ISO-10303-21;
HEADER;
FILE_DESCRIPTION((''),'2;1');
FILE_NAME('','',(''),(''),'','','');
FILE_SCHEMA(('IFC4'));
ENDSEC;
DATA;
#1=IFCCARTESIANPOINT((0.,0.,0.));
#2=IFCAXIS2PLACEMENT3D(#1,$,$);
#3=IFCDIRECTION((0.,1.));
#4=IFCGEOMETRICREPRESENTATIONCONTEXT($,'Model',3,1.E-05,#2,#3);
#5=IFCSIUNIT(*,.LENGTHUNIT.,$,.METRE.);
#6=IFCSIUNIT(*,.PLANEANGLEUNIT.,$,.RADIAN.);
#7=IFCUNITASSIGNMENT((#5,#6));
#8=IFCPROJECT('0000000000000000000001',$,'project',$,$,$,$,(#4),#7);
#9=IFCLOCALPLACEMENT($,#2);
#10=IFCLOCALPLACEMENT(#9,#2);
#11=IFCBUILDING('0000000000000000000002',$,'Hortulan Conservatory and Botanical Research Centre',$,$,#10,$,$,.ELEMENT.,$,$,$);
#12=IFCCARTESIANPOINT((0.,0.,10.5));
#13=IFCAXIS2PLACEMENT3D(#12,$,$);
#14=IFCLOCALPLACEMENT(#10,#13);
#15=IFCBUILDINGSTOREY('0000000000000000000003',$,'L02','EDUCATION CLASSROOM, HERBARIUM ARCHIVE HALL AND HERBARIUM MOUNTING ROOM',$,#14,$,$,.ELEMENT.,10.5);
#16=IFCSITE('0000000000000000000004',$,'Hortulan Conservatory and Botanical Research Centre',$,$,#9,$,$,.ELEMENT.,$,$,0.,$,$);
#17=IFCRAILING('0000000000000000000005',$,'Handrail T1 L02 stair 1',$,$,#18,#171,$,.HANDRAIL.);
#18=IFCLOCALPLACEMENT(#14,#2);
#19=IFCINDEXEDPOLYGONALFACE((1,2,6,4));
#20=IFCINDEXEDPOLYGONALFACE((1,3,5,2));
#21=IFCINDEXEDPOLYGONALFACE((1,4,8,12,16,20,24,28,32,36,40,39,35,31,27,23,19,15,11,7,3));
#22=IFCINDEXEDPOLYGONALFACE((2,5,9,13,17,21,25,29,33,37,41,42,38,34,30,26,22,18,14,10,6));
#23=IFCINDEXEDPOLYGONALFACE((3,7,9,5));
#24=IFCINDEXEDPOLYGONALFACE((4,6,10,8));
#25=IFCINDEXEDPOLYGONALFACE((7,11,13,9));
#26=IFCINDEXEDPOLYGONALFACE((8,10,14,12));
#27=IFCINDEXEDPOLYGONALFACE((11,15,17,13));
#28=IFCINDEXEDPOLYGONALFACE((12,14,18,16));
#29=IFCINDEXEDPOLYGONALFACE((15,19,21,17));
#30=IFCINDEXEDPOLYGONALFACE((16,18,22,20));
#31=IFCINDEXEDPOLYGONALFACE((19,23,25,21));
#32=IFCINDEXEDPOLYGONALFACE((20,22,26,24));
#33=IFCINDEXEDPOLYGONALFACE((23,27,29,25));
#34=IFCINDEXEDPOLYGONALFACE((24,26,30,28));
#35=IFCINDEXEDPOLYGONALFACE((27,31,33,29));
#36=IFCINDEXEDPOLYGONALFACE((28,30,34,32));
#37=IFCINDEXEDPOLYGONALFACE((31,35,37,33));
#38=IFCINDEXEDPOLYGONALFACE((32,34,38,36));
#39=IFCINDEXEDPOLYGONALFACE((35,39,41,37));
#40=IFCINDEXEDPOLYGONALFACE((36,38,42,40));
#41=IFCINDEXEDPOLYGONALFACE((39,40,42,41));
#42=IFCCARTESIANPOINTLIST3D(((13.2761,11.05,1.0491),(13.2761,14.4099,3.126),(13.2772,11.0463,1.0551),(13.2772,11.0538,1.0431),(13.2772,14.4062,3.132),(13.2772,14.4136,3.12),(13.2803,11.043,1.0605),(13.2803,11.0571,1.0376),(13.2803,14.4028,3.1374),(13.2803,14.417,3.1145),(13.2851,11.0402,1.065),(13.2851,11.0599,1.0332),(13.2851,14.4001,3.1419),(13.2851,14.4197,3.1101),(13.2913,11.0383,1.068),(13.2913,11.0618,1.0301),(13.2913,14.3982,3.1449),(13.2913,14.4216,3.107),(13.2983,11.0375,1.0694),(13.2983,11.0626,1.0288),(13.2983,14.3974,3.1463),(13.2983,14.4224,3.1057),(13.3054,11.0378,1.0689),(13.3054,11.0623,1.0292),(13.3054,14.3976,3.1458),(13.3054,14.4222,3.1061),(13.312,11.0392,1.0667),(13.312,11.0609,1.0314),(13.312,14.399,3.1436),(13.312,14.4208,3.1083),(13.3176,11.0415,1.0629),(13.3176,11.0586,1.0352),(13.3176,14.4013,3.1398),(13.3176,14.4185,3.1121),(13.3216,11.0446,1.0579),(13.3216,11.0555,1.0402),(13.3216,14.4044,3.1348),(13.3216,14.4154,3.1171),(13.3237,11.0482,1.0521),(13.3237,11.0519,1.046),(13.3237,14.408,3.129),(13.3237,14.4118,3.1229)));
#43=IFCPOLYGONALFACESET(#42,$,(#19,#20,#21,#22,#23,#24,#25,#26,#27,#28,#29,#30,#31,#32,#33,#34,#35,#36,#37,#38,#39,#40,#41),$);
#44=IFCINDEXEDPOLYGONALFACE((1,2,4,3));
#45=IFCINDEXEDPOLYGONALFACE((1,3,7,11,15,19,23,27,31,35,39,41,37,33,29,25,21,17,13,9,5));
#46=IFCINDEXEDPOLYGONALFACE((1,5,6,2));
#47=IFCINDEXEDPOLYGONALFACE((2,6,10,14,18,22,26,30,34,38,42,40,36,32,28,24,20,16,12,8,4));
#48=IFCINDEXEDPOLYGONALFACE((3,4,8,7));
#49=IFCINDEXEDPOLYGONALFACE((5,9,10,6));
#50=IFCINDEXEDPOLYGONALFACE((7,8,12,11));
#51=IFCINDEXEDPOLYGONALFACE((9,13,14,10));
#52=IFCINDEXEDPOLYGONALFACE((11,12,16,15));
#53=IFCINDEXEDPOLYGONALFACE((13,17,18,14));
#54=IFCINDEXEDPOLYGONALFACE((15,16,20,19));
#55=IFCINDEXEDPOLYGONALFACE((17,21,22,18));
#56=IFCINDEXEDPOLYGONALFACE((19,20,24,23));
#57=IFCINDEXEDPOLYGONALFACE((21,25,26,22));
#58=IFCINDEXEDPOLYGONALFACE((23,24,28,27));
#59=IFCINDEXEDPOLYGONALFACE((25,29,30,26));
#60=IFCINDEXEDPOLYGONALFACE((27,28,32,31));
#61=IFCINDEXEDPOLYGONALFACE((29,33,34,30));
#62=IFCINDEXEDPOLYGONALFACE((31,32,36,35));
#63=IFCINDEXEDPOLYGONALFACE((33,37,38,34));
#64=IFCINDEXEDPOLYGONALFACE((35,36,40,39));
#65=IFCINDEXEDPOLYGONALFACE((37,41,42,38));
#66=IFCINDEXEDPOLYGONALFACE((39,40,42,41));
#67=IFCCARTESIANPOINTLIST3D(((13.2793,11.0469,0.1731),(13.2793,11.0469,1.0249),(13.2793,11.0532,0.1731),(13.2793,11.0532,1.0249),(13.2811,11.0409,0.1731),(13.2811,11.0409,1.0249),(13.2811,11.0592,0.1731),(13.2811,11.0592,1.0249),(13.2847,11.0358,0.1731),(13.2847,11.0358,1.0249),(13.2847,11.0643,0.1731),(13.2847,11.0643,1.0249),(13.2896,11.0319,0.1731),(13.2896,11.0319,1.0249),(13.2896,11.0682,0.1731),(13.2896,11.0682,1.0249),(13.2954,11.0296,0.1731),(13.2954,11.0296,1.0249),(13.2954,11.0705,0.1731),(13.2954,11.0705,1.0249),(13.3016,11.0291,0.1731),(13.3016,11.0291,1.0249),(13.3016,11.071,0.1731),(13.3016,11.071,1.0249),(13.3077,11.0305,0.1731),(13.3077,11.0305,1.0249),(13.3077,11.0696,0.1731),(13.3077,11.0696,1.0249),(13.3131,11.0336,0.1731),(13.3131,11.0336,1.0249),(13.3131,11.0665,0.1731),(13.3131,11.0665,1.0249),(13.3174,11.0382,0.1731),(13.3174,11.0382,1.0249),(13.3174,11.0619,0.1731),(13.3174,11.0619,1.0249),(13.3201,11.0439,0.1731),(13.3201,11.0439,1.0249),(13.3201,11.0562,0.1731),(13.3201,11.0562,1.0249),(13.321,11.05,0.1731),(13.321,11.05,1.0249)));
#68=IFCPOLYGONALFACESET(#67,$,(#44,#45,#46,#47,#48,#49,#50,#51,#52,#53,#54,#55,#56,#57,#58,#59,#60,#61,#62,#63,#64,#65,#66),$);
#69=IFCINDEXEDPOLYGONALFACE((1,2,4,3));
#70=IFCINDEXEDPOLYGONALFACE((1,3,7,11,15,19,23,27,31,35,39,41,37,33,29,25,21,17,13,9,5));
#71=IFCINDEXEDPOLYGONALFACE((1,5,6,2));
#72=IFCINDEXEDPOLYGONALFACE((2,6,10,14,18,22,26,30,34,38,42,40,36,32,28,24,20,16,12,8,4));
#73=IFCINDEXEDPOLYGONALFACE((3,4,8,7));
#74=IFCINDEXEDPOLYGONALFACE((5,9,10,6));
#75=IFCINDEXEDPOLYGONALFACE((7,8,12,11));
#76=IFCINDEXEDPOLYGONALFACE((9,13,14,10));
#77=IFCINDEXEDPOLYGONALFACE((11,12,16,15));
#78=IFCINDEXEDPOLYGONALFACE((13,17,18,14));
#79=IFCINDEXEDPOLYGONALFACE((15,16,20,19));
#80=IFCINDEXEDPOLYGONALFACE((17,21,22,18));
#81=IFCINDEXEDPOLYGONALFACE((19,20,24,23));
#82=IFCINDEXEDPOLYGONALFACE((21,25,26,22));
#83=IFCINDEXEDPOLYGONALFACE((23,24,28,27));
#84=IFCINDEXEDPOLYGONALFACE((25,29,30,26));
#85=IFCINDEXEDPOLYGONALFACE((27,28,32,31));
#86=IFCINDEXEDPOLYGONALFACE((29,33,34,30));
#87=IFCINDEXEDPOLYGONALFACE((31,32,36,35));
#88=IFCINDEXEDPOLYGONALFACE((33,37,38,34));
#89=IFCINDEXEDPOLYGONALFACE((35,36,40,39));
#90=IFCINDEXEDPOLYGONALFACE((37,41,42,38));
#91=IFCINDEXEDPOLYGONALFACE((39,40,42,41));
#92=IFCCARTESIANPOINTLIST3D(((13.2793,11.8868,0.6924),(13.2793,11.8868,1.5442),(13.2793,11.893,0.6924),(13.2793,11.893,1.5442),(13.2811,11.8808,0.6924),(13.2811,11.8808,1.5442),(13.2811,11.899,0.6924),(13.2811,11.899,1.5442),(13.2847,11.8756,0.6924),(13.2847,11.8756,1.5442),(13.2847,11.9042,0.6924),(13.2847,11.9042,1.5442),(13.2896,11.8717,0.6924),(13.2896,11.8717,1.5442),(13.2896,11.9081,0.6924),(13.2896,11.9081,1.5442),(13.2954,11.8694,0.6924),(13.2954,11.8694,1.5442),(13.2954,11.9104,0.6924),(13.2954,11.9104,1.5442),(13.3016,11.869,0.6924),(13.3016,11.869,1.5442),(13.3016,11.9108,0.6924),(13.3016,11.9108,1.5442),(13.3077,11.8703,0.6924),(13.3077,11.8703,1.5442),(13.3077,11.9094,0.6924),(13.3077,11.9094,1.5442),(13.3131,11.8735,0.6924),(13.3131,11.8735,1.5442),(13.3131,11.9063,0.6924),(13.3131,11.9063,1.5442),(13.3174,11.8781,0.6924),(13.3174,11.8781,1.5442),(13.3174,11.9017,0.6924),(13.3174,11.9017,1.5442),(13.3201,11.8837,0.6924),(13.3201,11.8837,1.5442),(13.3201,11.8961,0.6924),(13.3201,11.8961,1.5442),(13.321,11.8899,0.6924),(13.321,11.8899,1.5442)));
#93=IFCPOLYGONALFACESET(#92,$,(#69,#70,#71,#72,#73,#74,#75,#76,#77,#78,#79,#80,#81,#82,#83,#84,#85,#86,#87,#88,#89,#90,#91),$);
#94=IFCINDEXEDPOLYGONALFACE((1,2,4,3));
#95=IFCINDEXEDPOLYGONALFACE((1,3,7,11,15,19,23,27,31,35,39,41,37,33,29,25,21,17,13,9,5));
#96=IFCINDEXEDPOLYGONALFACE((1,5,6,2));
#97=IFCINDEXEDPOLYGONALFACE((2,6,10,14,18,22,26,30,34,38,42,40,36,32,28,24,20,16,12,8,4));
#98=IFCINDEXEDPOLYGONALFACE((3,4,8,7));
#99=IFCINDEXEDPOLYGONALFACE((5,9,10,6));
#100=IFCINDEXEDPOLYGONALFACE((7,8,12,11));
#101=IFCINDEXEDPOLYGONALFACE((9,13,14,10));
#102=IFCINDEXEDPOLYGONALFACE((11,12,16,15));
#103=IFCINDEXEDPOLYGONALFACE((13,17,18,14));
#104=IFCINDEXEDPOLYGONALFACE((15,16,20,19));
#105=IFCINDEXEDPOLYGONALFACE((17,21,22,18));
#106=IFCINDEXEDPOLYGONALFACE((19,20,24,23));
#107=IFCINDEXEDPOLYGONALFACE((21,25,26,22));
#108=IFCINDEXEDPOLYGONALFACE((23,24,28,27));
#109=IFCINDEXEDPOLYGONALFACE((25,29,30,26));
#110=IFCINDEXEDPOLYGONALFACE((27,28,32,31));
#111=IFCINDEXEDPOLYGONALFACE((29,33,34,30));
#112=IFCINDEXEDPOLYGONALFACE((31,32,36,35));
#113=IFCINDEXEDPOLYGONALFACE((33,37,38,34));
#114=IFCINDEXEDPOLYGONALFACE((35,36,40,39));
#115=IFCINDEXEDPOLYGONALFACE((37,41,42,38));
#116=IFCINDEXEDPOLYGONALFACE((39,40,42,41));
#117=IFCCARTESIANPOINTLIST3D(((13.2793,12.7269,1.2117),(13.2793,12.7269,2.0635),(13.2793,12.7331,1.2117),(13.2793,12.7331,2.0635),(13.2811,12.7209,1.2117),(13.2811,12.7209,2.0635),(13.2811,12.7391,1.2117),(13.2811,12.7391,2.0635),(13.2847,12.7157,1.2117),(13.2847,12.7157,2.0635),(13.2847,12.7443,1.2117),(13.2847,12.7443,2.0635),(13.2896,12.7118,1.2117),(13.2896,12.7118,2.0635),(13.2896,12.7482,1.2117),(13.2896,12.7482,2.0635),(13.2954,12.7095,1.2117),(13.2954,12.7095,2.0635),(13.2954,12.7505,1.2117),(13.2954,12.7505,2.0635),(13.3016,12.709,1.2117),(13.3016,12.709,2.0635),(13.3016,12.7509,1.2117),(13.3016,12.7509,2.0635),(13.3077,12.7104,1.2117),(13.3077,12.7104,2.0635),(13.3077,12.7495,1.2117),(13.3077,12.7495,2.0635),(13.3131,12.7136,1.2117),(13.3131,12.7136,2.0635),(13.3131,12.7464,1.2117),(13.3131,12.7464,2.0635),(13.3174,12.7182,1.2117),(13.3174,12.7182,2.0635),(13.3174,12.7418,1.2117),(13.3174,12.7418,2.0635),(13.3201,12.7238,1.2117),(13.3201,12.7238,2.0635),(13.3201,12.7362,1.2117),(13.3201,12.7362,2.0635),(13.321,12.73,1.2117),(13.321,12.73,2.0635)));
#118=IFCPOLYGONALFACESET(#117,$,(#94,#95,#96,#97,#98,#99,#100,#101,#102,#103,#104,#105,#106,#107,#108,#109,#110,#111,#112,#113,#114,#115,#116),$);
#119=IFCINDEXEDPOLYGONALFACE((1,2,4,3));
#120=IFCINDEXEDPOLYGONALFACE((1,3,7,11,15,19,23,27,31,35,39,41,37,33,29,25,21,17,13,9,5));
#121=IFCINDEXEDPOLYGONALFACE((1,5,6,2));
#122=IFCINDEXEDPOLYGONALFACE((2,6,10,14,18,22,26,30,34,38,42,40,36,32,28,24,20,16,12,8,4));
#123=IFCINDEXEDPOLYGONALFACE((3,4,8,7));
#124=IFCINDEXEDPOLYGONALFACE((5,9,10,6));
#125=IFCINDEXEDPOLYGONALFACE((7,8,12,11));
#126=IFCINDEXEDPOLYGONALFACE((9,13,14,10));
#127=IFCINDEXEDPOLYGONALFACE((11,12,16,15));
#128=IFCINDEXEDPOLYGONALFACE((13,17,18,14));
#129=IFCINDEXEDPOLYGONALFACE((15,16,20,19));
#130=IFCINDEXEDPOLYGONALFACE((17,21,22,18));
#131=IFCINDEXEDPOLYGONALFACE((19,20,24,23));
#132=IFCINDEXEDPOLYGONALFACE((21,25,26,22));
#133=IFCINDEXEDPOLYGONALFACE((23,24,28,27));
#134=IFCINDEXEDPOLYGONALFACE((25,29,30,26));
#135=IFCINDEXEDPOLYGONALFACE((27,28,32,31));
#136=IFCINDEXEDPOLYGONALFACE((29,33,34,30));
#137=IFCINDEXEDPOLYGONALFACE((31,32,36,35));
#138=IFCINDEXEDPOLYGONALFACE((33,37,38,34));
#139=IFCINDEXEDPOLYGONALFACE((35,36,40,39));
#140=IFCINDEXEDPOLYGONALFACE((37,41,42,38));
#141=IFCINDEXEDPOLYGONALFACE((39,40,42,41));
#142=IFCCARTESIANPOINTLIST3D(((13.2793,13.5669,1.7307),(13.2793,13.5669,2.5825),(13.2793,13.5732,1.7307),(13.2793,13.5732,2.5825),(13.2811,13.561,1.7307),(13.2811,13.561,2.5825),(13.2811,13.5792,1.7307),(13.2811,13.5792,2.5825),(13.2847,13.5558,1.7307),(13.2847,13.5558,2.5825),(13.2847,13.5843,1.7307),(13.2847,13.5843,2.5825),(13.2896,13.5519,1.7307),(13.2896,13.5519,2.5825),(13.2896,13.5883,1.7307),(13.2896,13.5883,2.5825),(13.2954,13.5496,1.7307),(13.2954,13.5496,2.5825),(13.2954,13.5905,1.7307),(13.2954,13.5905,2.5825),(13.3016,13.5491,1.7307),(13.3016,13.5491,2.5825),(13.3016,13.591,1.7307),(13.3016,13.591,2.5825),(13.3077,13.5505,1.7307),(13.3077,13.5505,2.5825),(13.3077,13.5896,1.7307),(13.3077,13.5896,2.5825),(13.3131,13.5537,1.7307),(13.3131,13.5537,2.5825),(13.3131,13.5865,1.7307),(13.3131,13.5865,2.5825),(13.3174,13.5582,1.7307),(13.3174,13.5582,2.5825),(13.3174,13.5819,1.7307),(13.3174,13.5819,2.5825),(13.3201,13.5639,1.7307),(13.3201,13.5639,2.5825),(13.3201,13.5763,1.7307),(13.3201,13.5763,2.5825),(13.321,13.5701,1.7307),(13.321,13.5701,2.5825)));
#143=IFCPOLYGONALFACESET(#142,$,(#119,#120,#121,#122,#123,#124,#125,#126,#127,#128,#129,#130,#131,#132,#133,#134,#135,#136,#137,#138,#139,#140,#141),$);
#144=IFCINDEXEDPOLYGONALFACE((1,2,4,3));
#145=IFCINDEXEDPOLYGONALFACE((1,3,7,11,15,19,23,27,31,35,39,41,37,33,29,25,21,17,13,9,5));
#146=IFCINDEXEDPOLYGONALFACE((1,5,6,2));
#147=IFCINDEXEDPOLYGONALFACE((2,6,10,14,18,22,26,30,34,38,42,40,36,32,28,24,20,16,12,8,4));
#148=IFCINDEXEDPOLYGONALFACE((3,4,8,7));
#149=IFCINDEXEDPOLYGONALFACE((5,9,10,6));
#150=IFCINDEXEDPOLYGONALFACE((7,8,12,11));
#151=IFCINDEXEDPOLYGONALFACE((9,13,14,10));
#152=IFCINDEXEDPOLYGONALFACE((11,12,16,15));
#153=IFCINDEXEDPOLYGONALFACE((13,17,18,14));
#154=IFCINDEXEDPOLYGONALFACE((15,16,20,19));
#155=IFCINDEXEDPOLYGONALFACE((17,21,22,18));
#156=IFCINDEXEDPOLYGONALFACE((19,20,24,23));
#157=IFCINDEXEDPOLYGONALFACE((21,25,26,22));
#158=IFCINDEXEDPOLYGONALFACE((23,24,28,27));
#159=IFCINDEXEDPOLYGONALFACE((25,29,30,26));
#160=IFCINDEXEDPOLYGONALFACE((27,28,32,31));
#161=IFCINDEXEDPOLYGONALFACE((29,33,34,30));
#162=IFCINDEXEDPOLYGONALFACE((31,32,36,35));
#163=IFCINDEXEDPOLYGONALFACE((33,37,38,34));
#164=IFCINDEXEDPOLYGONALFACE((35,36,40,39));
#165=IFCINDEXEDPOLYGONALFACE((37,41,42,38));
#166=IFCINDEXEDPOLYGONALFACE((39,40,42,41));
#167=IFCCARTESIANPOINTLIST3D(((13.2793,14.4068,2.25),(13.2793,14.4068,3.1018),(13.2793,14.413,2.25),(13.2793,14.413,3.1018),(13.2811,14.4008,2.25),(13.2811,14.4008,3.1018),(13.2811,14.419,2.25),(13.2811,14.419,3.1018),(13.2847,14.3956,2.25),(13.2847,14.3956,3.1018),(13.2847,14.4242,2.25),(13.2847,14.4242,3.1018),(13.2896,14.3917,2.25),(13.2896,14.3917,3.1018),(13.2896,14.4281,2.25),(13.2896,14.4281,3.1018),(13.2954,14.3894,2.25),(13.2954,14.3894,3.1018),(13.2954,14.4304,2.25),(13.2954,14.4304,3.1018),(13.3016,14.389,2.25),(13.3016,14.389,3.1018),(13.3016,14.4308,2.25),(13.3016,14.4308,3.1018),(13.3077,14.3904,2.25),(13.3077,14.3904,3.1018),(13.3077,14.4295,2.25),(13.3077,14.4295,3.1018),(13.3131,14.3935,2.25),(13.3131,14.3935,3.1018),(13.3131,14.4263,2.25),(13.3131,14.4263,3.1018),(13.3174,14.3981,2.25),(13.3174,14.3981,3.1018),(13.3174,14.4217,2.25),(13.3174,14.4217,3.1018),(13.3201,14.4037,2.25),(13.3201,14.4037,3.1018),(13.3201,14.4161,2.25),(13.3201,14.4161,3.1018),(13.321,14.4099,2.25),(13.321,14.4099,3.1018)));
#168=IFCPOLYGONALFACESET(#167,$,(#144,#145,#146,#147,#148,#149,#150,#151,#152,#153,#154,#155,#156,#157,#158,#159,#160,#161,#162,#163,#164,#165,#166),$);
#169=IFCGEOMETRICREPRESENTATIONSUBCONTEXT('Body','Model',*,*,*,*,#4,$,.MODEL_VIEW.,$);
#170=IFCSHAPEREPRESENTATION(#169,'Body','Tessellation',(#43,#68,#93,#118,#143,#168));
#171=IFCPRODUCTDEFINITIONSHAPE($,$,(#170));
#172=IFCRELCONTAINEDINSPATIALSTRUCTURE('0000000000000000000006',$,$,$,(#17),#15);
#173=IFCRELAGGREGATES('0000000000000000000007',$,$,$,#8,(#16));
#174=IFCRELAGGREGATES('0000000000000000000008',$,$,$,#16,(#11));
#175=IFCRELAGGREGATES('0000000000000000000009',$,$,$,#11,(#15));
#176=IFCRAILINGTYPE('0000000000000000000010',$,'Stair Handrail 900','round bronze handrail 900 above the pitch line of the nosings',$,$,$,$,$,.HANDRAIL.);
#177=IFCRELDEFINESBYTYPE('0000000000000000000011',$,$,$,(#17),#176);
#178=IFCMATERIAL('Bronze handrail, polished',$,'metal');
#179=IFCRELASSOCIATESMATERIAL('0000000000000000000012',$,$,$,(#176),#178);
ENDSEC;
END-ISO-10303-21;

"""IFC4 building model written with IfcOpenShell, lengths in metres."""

from ifc_helpers import new_model, si_unit, direction, frame, origin, origin_2d, place, context, subcontext, project, spatial, circle, extrude, material, type_object, element, save


model = new_model("IFC4")

# Units and contexts
model_context = context("Model", 3, precision=1e-05, world=origin(), true_north=direction((0.0, 1.0)))
body_context = subcontext(model_context, "Body", "Model", "MODEL_VIEW")
ifc_project = project(units=[si_unit("LENGTHUNIT", "METRE"), si_unit("PLANEANGLEUNIT", "RADIAN")], contexts=[model_context])

# Site, building, storey
site_placement = place(None, origin())
site = spatial("IfcSite", under=ifc_project, at=site_placement, Name="Hortulan Conservatory and Botanical Research Centre", CompositionType="ELEMENT", RefElevation=0.0)
building_placement = place(site_placement, origin())
building = spatial("IfcBuilding", under=site, at=building_placement, Name="Hortulan Conservatory and Botanical Research Centre", CompositionType="ELEMENT")
storey_placement = place(building_placement, frame((0.0, 0.0, 10.5)))
storey = spatial("IfcBuildingStorey", under=building, at=storey_placement, Name="L02", Description="EDUCATION CLASSROOM, HERBARIUM ARCHIVE HALL AND HERBARIUM MOUNTING ROOM", CompositionType="ELEMENT", Elevation=10.5)

# Railing
ifc_material_1 = material(Name="Bronze handrail, polished", Category="metal")
railing_type_1 = type_object("IfcRailingType", Name="Stair Handrail 900", Description="round bronze handrail 900 above the pitch line of the nosings", PredefinedType="HANDRAIL", material=ifc_material_1)
for number, where, name in (
    (1, (13.3, 11.05, 0.1731), "Handrail T1 L02 stair 1"),
):
    element("IfcRailing", number, at=place(storey_placement, frame(where)), inside=storey, type_object=railing_type_1, Name=name, PredefinedType="HANDRAIL", context=body_context, shape_type="SweptSolid", body=[
        extrude(circle(Radius=0.0239, at=origin_2d()), frame((0.0, 0.0, 0.876), z_axis=(0.0, 0.850606, 0.525803), x_axis=(-1.0, 0.0, 0.0)), (0.0, 0.0, 1.0), 3.95),
        extrude(circle(Radius=0.021, at=origin_2d()), origin(), (0.0, 0.0, 1.0), 0.8518),
        extrude(circle(Radius=0.021, at=origin_2d()), frame((0.0, 0.8398, 0.5193)), (0.0, 0.0, 1.0), 0.8518),
        extrude(circle(Radius=0.021, at=origin_2d()), frame((0.0, 1.6799, 1.0386)), (0.0, 0.0, 1.0), 0.8518),
        extrude(circle(Radius=0.021, at=origin_2d()), frame((0.0, 2.52, 1.5576)), (0.0, 0.0, 1.0), 0.8518),
        extrude(circle(Radius=0.021, at=origin_2d()), frame((0.0, 3.3599, 2.0769)), (0.0, 0.0, 1.0), 0.8518),
    ])

save(model, "model.ifc")
